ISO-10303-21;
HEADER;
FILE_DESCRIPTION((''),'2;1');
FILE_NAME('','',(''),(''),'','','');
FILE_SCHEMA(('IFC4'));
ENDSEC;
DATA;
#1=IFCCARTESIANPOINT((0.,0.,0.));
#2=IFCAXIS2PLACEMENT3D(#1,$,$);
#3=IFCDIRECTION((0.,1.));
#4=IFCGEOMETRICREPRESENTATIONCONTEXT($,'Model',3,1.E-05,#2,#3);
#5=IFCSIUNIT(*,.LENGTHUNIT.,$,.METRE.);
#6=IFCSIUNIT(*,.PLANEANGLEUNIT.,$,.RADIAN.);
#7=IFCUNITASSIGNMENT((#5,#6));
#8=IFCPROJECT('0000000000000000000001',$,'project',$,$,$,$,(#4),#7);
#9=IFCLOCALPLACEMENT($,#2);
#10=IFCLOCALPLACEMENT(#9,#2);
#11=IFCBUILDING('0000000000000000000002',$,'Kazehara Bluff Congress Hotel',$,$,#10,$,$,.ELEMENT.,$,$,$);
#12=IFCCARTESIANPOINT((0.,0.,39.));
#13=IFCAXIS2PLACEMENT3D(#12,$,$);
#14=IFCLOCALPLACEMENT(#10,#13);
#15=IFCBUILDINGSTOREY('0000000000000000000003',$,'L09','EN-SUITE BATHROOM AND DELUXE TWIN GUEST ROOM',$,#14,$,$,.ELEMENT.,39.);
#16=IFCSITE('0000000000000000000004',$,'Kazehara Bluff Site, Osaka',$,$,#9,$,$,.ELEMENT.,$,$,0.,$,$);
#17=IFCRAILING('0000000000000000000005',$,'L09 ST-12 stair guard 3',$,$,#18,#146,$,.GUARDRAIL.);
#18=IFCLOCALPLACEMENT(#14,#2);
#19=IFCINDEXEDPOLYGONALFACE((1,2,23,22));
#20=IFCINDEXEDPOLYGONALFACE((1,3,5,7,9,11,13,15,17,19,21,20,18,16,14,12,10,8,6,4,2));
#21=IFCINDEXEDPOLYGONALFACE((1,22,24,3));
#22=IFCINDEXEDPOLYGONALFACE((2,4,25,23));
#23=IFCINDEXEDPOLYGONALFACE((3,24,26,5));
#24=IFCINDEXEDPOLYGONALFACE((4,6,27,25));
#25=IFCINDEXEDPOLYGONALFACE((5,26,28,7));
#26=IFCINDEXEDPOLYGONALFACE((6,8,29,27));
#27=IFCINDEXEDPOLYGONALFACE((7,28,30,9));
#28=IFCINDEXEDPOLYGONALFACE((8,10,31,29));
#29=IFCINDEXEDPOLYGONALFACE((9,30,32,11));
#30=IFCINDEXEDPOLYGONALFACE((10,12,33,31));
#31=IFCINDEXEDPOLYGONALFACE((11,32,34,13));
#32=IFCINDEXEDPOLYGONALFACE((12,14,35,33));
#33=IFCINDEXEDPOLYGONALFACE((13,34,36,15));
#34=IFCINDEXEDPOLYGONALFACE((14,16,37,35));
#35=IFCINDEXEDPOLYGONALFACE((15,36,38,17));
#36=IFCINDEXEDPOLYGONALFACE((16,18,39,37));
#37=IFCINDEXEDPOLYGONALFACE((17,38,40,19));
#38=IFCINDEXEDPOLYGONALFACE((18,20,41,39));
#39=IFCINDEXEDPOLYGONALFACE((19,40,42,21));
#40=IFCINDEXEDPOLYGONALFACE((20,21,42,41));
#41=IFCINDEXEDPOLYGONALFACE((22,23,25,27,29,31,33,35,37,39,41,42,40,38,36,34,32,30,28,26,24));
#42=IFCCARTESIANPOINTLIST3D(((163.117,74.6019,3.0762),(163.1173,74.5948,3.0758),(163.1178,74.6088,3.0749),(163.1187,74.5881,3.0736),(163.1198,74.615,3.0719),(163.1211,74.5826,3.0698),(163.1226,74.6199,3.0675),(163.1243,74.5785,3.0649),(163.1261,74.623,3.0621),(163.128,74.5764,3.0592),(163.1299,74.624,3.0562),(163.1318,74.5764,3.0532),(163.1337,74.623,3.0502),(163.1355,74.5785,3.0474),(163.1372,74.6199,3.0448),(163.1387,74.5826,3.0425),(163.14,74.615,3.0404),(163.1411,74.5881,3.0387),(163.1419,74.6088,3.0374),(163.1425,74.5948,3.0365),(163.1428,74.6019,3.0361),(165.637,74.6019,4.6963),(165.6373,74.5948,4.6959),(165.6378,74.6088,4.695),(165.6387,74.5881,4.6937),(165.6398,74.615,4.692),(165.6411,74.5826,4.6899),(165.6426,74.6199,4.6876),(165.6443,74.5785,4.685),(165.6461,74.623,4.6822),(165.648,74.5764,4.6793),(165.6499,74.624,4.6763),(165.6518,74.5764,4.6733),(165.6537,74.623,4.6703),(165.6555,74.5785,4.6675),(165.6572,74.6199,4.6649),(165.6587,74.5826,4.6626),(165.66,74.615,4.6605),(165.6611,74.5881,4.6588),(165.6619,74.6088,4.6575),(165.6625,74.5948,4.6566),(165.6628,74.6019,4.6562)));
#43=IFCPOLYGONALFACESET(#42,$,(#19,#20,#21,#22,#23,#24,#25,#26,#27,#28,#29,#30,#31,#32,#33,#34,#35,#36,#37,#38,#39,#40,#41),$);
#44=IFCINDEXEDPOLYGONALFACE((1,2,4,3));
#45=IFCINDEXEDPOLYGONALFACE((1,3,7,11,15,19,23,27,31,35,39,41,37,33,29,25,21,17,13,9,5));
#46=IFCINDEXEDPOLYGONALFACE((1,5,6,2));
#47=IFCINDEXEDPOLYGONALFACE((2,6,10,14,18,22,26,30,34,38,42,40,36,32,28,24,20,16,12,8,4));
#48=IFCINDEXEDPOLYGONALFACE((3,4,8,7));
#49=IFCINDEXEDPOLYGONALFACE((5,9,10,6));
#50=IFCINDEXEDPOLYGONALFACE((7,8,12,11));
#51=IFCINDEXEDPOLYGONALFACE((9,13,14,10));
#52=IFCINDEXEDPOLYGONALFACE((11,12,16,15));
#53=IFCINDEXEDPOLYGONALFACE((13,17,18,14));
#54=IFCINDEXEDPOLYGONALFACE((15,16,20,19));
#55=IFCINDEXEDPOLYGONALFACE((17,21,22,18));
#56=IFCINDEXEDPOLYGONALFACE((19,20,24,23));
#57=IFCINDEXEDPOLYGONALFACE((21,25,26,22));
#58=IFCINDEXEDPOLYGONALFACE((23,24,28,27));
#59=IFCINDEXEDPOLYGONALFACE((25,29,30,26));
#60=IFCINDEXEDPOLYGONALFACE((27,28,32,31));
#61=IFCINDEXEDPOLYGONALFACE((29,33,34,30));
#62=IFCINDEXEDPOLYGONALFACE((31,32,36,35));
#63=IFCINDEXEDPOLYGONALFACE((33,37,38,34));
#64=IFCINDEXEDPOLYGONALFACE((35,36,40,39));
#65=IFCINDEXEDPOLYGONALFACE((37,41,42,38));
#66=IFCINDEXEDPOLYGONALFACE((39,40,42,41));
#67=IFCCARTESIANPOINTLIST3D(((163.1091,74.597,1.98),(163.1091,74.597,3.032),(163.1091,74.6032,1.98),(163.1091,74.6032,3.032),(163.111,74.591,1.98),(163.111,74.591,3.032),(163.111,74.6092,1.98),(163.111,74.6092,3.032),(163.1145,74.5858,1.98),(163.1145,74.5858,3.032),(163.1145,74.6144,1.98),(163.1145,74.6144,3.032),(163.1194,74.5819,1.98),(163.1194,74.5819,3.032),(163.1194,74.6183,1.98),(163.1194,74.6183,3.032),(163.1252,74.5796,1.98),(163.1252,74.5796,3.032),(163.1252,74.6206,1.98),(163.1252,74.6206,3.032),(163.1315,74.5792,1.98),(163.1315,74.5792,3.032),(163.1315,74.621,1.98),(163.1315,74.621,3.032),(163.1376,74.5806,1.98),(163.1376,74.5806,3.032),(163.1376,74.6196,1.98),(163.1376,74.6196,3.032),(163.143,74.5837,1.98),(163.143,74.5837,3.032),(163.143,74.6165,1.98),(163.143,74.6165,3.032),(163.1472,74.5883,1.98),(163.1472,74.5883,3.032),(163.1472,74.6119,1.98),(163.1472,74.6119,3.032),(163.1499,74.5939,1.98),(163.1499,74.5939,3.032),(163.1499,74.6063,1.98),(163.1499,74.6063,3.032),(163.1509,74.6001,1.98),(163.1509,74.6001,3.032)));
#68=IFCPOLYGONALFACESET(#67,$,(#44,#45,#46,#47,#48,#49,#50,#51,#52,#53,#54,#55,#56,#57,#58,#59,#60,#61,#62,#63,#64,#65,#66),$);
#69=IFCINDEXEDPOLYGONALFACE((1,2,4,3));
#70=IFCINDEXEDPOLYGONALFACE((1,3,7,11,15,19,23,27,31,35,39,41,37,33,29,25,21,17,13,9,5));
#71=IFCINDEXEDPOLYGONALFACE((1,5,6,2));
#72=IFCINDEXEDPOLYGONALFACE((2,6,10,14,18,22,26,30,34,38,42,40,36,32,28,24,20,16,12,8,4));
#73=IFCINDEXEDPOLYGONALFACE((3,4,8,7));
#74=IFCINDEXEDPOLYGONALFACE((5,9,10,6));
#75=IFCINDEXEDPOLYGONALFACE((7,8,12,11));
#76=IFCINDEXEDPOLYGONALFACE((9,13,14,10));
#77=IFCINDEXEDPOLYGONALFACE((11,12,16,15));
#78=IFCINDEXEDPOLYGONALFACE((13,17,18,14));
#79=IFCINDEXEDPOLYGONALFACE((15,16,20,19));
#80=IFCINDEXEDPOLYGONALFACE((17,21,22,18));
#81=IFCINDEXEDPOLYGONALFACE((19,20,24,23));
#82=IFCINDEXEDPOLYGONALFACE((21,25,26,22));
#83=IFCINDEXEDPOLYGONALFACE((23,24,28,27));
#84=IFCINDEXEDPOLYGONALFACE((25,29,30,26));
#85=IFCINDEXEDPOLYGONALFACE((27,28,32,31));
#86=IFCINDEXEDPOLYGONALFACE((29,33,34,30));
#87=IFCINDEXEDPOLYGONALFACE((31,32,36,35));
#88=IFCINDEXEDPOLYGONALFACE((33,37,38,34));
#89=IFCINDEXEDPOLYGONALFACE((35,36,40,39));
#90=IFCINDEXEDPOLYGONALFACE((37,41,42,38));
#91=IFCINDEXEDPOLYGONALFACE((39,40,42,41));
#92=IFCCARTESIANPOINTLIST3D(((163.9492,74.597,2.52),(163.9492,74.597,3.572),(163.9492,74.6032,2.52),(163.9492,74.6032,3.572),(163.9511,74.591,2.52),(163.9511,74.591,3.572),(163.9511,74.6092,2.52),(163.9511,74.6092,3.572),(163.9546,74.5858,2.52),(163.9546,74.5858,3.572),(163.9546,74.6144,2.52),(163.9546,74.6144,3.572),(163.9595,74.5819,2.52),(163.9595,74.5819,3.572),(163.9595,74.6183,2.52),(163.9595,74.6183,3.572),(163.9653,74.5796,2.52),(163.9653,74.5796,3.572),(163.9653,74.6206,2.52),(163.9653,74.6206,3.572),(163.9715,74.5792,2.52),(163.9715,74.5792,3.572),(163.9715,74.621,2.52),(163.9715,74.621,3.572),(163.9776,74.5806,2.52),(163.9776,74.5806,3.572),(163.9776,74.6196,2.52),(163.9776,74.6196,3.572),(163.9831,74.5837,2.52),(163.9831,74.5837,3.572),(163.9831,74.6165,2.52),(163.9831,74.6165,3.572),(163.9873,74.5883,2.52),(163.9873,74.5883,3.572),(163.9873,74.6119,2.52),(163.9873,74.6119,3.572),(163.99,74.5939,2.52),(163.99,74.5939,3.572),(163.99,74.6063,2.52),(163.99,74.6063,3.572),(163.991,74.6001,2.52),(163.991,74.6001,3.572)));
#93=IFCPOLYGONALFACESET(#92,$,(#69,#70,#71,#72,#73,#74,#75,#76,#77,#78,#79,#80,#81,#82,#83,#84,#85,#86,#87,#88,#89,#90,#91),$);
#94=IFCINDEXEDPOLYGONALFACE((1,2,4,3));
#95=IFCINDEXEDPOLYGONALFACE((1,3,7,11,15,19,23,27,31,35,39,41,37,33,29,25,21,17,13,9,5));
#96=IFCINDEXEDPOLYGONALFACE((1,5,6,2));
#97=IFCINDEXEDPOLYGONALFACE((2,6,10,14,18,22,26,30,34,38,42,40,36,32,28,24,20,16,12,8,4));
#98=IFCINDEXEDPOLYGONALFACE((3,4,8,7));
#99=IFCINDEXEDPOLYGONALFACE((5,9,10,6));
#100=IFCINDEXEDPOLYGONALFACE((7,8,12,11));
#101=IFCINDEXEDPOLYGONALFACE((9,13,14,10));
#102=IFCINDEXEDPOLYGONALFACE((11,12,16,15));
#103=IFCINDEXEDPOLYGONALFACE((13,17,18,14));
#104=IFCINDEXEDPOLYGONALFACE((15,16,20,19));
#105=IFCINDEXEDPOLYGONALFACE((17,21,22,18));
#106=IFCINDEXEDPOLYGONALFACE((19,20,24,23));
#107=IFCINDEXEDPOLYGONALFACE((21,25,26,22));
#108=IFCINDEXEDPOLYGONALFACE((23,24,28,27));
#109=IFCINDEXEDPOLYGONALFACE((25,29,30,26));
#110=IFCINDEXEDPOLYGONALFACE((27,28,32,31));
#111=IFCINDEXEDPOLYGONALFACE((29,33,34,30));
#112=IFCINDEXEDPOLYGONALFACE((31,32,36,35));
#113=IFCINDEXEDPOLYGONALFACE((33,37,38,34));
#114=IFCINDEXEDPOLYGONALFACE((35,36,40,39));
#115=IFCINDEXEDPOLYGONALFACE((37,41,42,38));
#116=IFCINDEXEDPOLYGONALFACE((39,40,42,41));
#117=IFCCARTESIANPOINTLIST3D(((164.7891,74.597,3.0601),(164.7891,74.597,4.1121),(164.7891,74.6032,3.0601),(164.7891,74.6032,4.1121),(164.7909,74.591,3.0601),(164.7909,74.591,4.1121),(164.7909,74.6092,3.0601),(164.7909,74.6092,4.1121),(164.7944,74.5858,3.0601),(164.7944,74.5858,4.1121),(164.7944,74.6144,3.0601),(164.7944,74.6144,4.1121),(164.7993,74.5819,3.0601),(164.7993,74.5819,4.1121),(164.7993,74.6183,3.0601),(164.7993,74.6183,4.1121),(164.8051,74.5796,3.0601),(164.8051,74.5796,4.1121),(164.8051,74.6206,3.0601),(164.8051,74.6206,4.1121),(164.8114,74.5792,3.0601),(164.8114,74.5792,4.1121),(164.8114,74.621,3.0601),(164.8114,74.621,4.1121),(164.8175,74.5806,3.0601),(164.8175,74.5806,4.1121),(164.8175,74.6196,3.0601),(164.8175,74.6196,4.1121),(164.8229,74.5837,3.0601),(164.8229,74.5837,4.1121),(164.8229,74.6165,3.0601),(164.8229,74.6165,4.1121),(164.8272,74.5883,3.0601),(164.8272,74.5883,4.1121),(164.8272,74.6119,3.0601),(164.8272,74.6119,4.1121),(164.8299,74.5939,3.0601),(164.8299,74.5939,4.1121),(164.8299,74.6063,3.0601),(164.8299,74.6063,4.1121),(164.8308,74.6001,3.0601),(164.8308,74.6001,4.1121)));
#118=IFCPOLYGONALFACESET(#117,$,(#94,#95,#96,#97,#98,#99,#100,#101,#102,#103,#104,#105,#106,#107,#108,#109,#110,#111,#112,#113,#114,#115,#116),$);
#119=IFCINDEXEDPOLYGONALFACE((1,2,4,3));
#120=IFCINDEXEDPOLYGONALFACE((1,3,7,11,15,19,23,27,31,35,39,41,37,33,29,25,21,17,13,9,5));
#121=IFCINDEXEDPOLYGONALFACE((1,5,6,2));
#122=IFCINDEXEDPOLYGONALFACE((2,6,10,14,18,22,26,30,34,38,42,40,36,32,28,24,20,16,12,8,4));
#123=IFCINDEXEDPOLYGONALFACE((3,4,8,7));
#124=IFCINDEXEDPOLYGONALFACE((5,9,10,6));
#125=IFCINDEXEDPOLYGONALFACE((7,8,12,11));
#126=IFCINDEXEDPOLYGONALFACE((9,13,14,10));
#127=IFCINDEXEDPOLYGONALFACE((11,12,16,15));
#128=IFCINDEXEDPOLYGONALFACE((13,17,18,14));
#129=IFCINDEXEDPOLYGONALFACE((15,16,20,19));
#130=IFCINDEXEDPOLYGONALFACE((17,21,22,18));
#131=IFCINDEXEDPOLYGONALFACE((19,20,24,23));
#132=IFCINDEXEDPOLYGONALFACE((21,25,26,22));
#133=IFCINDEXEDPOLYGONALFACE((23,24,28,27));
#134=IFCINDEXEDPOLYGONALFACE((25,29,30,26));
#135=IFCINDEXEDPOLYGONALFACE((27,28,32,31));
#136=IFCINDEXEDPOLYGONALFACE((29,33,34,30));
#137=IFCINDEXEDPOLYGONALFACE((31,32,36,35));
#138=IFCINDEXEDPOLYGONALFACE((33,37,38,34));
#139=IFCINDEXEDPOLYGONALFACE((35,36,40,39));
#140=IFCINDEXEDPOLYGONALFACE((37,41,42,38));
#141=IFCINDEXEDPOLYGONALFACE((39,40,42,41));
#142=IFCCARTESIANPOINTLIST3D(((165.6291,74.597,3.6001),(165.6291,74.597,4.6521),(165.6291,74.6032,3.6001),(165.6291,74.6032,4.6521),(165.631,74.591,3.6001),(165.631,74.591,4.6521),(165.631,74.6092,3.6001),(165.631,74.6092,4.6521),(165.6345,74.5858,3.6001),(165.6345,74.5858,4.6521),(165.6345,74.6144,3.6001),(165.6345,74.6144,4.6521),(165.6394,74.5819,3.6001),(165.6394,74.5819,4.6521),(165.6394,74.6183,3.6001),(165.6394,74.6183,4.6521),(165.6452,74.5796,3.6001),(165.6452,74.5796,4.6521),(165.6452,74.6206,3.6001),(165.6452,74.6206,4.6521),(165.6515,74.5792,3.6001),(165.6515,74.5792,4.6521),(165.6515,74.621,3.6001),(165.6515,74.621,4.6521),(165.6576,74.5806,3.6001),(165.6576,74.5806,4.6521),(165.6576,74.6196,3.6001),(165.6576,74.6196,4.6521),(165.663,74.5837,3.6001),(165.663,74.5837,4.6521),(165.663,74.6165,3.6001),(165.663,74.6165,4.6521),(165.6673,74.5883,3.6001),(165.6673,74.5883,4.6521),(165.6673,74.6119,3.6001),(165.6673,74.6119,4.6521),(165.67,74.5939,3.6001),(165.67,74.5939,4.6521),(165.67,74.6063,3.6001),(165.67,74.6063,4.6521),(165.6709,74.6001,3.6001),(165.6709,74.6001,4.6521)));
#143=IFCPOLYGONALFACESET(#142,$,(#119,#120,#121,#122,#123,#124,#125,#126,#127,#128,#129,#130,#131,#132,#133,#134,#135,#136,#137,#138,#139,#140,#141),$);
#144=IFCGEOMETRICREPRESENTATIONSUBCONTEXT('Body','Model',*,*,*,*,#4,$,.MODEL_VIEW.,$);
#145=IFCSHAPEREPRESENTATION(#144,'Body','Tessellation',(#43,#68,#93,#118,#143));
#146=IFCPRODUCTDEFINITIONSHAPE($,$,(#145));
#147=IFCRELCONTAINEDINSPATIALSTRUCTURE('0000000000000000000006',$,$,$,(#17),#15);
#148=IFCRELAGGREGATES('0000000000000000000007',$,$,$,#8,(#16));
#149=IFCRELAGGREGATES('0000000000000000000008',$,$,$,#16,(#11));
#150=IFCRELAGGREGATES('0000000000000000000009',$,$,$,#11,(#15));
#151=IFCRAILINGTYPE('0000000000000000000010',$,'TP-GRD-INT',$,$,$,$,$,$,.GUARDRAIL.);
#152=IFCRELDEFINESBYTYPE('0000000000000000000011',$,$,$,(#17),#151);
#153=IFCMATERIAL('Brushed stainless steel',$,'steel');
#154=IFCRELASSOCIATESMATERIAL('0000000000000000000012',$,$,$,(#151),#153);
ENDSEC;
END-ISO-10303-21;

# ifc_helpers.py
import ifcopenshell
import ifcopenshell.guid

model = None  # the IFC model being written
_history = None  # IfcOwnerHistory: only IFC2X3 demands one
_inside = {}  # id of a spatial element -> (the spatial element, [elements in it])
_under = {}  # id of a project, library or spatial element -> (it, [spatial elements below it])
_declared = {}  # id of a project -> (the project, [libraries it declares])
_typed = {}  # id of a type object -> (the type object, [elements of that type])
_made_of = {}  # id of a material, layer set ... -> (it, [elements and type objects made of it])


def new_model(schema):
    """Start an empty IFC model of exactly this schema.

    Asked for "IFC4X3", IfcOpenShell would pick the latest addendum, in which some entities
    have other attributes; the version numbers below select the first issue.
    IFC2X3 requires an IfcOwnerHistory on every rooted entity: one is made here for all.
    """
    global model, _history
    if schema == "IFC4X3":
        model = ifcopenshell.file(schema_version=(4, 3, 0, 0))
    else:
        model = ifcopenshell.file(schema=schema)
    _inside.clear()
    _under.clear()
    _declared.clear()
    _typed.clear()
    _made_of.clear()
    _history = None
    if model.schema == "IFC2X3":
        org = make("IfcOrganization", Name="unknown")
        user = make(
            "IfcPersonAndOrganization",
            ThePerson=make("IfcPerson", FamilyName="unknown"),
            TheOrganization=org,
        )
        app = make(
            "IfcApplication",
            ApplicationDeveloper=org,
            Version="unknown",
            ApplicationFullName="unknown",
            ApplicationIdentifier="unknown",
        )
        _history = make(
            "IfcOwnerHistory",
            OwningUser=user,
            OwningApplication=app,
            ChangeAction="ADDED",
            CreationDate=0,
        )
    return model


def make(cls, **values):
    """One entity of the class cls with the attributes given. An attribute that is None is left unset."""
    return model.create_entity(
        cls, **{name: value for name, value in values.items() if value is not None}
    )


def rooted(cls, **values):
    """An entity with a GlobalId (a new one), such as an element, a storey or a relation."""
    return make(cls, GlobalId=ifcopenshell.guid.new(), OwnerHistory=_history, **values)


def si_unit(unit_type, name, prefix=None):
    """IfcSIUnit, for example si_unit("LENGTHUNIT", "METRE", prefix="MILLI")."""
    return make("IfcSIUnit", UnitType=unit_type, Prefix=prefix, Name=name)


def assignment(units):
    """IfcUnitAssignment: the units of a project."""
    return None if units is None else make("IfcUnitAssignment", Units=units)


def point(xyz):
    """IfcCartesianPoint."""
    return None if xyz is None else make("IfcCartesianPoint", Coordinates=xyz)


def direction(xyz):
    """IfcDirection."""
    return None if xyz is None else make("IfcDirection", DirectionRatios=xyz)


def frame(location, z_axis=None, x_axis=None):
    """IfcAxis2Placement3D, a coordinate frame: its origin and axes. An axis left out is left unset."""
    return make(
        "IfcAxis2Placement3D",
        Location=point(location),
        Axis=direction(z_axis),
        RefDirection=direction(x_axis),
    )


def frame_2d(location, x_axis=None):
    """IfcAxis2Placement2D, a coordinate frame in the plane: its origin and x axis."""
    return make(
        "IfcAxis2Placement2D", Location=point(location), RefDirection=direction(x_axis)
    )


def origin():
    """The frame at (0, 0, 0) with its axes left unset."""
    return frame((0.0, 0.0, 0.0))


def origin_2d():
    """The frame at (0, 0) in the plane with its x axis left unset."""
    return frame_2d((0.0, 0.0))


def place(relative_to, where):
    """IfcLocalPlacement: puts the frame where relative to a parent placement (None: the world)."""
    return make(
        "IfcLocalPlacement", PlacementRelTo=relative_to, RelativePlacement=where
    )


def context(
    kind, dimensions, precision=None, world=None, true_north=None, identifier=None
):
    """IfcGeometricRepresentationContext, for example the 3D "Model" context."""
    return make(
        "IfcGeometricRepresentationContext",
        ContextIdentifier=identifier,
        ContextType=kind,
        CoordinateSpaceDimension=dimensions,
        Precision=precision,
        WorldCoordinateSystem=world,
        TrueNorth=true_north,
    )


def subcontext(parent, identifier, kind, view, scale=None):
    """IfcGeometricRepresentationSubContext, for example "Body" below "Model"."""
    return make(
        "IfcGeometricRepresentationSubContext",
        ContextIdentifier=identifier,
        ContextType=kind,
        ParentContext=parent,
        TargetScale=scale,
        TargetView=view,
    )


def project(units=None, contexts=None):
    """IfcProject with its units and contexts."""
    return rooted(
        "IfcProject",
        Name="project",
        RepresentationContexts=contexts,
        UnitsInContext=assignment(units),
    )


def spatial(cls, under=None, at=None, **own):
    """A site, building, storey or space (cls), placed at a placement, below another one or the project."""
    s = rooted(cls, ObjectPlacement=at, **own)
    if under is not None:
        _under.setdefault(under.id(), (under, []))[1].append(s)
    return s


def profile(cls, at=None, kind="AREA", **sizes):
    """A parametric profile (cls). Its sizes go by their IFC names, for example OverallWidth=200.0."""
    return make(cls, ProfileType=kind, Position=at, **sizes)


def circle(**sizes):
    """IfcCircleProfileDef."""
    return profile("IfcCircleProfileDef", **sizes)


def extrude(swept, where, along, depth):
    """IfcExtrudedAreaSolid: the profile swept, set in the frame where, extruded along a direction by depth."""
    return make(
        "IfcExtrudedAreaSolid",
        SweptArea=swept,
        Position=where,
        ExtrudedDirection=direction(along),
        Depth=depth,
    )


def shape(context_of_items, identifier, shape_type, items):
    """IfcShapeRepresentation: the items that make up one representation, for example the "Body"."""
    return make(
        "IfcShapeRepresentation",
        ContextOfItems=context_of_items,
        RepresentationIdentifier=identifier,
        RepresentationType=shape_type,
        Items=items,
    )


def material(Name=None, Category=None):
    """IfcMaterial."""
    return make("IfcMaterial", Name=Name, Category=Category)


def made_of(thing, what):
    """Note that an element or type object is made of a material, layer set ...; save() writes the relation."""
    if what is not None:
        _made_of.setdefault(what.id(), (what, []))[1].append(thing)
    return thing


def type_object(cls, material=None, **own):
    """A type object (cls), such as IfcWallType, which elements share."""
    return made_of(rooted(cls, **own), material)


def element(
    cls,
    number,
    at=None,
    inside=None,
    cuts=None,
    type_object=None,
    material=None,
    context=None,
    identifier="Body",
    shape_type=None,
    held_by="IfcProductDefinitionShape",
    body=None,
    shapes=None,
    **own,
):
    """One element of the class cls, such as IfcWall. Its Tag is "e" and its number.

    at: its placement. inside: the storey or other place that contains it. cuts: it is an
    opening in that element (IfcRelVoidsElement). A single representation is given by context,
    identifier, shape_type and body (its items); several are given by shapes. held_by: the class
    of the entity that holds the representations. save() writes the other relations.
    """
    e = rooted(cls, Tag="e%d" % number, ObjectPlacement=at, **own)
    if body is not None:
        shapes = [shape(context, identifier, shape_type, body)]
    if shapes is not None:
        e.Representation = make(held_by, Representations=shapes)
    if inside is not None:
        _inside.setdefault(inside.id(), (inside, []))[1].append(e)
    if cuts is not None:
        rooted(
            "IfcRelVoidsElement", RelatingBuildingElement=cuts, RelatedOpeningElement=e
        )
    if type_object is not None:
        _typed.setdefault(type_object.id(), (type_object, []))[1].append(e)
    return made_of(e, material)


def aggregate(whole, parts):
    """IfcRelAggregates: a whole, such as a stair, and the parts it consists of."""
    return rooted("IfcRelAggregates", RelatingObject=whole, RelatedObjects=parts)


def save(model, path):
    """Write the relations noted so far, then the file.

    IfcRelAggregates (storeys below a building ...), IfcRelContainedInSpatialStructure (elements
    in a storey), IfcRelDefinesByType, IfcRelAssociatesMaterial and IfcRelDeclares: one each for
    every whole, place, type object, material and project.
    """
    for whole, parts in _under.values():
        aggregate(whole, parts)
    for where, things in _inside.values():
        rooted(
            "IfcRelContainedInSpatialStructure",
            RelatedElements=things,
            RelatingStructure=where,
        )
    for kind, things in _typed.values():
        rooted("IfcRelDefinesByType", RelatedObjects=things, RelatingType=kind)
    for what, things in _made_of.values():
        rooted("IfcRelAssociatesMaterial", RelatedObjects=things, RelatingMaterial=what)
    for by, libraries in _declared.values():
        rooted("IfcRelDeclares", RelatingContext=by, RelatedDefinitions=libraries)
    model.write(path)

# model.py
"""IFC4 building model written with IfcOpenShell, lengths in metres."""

from ifc_helpers import new_model, si_unit, direction, frame, origin, origin_2d, place, context, subcontext, project, spatial, circle, extrude, material, type_object, element, save


model = new_model("IFC4")

# Units and contexts
model_context = context("Model", 3, precision=1e-05, world=origin(), true_north=direction((0.0, 1.0)))
body_context = subcontext(model_context, "Body", "Model", "MODEL_VIEW")
ifc_project = project(units=[si_unit("LENGTHUNIT", "METRE"), si_unit("PLANEANGLEUNIT", "RADIAN")], contexts=[model_context])

# Site, building, storey
site_placement = place(None, origin())
site = spatial("IfcSite", under=ifc_project, at=site_placement, Name="Kazehara Bluff Site, Osaka", CompositionType="ELEMENT", RefElevation=0.0)
building_placement = place(site_placement, origin())
building = spatial("IfcBuilding", under=site, at=building_placement, Name="Kazehara Bluff Congress Hotel", CompositionType="ELEMENT")
storey_placement = place(building_placement, frame((0.0, 0.0, 39.0)))
storey = spatial("IfcBuildingStorey", under=building, at=storey_placement, Name="L09", Description="EN-SUITE BATHROOM AND DELUXE TWIN GUEST ROOM", CompositionType="ELEMENT", Elevation=39.0)

# Railing
ifc_material_1 = material(Name="Brushed stainless steel", Category="steel")
railing_type_1 = type_object("IfcRailingType", Name="TP-GRD-INT", PredefinedType="GUARDRAIL", material=ifc_material_1)
railing_1_placement = place(storey_placement, frame((163.1299, 74.6001, 1.98)))
element("IfcRailing", 1, at=railing_1_placement, inside=storey, type_object=railing_type_1, Name="L09 ST-12 stair guard 3", PredefinedType="GUARDRAIL", context=body_context, shape_type="SweptSolid", body=[
    extrude(circle(Radius=0.0239, at=origin_2d()), frame((0.0, 0.0, 1.0762), z_axis=(0.841163, 0.0, 0.540782), x_axis=(0.0, 1.0, 0.0)), (0.0, 0.0, 1.0), 2.9958),
    extrude(circle(Radius=0.021, at=origin_2d()), origin(), (0.0, 0.0, 1.0), 1.052),
    extrude(circle(Radius=0.021, at=origin_2d()), frame((0.8401, 0.0, 0.54)), (0.0, 0.0, 1.0), 1.052),
    extrude(circle(Radius=0.021, at=origin_2d()), frame((1.6799, 0.0, 1.0801)), (0.0, 0.0, 1.0), 1.052),
    extrude(circle(Radius=0.021, at=origin_2d()), frame((2.52, 0.0, 1.6201)), (0.0, 0.0, 1.0), 1.052),
])

save(model, "model.ifc")
